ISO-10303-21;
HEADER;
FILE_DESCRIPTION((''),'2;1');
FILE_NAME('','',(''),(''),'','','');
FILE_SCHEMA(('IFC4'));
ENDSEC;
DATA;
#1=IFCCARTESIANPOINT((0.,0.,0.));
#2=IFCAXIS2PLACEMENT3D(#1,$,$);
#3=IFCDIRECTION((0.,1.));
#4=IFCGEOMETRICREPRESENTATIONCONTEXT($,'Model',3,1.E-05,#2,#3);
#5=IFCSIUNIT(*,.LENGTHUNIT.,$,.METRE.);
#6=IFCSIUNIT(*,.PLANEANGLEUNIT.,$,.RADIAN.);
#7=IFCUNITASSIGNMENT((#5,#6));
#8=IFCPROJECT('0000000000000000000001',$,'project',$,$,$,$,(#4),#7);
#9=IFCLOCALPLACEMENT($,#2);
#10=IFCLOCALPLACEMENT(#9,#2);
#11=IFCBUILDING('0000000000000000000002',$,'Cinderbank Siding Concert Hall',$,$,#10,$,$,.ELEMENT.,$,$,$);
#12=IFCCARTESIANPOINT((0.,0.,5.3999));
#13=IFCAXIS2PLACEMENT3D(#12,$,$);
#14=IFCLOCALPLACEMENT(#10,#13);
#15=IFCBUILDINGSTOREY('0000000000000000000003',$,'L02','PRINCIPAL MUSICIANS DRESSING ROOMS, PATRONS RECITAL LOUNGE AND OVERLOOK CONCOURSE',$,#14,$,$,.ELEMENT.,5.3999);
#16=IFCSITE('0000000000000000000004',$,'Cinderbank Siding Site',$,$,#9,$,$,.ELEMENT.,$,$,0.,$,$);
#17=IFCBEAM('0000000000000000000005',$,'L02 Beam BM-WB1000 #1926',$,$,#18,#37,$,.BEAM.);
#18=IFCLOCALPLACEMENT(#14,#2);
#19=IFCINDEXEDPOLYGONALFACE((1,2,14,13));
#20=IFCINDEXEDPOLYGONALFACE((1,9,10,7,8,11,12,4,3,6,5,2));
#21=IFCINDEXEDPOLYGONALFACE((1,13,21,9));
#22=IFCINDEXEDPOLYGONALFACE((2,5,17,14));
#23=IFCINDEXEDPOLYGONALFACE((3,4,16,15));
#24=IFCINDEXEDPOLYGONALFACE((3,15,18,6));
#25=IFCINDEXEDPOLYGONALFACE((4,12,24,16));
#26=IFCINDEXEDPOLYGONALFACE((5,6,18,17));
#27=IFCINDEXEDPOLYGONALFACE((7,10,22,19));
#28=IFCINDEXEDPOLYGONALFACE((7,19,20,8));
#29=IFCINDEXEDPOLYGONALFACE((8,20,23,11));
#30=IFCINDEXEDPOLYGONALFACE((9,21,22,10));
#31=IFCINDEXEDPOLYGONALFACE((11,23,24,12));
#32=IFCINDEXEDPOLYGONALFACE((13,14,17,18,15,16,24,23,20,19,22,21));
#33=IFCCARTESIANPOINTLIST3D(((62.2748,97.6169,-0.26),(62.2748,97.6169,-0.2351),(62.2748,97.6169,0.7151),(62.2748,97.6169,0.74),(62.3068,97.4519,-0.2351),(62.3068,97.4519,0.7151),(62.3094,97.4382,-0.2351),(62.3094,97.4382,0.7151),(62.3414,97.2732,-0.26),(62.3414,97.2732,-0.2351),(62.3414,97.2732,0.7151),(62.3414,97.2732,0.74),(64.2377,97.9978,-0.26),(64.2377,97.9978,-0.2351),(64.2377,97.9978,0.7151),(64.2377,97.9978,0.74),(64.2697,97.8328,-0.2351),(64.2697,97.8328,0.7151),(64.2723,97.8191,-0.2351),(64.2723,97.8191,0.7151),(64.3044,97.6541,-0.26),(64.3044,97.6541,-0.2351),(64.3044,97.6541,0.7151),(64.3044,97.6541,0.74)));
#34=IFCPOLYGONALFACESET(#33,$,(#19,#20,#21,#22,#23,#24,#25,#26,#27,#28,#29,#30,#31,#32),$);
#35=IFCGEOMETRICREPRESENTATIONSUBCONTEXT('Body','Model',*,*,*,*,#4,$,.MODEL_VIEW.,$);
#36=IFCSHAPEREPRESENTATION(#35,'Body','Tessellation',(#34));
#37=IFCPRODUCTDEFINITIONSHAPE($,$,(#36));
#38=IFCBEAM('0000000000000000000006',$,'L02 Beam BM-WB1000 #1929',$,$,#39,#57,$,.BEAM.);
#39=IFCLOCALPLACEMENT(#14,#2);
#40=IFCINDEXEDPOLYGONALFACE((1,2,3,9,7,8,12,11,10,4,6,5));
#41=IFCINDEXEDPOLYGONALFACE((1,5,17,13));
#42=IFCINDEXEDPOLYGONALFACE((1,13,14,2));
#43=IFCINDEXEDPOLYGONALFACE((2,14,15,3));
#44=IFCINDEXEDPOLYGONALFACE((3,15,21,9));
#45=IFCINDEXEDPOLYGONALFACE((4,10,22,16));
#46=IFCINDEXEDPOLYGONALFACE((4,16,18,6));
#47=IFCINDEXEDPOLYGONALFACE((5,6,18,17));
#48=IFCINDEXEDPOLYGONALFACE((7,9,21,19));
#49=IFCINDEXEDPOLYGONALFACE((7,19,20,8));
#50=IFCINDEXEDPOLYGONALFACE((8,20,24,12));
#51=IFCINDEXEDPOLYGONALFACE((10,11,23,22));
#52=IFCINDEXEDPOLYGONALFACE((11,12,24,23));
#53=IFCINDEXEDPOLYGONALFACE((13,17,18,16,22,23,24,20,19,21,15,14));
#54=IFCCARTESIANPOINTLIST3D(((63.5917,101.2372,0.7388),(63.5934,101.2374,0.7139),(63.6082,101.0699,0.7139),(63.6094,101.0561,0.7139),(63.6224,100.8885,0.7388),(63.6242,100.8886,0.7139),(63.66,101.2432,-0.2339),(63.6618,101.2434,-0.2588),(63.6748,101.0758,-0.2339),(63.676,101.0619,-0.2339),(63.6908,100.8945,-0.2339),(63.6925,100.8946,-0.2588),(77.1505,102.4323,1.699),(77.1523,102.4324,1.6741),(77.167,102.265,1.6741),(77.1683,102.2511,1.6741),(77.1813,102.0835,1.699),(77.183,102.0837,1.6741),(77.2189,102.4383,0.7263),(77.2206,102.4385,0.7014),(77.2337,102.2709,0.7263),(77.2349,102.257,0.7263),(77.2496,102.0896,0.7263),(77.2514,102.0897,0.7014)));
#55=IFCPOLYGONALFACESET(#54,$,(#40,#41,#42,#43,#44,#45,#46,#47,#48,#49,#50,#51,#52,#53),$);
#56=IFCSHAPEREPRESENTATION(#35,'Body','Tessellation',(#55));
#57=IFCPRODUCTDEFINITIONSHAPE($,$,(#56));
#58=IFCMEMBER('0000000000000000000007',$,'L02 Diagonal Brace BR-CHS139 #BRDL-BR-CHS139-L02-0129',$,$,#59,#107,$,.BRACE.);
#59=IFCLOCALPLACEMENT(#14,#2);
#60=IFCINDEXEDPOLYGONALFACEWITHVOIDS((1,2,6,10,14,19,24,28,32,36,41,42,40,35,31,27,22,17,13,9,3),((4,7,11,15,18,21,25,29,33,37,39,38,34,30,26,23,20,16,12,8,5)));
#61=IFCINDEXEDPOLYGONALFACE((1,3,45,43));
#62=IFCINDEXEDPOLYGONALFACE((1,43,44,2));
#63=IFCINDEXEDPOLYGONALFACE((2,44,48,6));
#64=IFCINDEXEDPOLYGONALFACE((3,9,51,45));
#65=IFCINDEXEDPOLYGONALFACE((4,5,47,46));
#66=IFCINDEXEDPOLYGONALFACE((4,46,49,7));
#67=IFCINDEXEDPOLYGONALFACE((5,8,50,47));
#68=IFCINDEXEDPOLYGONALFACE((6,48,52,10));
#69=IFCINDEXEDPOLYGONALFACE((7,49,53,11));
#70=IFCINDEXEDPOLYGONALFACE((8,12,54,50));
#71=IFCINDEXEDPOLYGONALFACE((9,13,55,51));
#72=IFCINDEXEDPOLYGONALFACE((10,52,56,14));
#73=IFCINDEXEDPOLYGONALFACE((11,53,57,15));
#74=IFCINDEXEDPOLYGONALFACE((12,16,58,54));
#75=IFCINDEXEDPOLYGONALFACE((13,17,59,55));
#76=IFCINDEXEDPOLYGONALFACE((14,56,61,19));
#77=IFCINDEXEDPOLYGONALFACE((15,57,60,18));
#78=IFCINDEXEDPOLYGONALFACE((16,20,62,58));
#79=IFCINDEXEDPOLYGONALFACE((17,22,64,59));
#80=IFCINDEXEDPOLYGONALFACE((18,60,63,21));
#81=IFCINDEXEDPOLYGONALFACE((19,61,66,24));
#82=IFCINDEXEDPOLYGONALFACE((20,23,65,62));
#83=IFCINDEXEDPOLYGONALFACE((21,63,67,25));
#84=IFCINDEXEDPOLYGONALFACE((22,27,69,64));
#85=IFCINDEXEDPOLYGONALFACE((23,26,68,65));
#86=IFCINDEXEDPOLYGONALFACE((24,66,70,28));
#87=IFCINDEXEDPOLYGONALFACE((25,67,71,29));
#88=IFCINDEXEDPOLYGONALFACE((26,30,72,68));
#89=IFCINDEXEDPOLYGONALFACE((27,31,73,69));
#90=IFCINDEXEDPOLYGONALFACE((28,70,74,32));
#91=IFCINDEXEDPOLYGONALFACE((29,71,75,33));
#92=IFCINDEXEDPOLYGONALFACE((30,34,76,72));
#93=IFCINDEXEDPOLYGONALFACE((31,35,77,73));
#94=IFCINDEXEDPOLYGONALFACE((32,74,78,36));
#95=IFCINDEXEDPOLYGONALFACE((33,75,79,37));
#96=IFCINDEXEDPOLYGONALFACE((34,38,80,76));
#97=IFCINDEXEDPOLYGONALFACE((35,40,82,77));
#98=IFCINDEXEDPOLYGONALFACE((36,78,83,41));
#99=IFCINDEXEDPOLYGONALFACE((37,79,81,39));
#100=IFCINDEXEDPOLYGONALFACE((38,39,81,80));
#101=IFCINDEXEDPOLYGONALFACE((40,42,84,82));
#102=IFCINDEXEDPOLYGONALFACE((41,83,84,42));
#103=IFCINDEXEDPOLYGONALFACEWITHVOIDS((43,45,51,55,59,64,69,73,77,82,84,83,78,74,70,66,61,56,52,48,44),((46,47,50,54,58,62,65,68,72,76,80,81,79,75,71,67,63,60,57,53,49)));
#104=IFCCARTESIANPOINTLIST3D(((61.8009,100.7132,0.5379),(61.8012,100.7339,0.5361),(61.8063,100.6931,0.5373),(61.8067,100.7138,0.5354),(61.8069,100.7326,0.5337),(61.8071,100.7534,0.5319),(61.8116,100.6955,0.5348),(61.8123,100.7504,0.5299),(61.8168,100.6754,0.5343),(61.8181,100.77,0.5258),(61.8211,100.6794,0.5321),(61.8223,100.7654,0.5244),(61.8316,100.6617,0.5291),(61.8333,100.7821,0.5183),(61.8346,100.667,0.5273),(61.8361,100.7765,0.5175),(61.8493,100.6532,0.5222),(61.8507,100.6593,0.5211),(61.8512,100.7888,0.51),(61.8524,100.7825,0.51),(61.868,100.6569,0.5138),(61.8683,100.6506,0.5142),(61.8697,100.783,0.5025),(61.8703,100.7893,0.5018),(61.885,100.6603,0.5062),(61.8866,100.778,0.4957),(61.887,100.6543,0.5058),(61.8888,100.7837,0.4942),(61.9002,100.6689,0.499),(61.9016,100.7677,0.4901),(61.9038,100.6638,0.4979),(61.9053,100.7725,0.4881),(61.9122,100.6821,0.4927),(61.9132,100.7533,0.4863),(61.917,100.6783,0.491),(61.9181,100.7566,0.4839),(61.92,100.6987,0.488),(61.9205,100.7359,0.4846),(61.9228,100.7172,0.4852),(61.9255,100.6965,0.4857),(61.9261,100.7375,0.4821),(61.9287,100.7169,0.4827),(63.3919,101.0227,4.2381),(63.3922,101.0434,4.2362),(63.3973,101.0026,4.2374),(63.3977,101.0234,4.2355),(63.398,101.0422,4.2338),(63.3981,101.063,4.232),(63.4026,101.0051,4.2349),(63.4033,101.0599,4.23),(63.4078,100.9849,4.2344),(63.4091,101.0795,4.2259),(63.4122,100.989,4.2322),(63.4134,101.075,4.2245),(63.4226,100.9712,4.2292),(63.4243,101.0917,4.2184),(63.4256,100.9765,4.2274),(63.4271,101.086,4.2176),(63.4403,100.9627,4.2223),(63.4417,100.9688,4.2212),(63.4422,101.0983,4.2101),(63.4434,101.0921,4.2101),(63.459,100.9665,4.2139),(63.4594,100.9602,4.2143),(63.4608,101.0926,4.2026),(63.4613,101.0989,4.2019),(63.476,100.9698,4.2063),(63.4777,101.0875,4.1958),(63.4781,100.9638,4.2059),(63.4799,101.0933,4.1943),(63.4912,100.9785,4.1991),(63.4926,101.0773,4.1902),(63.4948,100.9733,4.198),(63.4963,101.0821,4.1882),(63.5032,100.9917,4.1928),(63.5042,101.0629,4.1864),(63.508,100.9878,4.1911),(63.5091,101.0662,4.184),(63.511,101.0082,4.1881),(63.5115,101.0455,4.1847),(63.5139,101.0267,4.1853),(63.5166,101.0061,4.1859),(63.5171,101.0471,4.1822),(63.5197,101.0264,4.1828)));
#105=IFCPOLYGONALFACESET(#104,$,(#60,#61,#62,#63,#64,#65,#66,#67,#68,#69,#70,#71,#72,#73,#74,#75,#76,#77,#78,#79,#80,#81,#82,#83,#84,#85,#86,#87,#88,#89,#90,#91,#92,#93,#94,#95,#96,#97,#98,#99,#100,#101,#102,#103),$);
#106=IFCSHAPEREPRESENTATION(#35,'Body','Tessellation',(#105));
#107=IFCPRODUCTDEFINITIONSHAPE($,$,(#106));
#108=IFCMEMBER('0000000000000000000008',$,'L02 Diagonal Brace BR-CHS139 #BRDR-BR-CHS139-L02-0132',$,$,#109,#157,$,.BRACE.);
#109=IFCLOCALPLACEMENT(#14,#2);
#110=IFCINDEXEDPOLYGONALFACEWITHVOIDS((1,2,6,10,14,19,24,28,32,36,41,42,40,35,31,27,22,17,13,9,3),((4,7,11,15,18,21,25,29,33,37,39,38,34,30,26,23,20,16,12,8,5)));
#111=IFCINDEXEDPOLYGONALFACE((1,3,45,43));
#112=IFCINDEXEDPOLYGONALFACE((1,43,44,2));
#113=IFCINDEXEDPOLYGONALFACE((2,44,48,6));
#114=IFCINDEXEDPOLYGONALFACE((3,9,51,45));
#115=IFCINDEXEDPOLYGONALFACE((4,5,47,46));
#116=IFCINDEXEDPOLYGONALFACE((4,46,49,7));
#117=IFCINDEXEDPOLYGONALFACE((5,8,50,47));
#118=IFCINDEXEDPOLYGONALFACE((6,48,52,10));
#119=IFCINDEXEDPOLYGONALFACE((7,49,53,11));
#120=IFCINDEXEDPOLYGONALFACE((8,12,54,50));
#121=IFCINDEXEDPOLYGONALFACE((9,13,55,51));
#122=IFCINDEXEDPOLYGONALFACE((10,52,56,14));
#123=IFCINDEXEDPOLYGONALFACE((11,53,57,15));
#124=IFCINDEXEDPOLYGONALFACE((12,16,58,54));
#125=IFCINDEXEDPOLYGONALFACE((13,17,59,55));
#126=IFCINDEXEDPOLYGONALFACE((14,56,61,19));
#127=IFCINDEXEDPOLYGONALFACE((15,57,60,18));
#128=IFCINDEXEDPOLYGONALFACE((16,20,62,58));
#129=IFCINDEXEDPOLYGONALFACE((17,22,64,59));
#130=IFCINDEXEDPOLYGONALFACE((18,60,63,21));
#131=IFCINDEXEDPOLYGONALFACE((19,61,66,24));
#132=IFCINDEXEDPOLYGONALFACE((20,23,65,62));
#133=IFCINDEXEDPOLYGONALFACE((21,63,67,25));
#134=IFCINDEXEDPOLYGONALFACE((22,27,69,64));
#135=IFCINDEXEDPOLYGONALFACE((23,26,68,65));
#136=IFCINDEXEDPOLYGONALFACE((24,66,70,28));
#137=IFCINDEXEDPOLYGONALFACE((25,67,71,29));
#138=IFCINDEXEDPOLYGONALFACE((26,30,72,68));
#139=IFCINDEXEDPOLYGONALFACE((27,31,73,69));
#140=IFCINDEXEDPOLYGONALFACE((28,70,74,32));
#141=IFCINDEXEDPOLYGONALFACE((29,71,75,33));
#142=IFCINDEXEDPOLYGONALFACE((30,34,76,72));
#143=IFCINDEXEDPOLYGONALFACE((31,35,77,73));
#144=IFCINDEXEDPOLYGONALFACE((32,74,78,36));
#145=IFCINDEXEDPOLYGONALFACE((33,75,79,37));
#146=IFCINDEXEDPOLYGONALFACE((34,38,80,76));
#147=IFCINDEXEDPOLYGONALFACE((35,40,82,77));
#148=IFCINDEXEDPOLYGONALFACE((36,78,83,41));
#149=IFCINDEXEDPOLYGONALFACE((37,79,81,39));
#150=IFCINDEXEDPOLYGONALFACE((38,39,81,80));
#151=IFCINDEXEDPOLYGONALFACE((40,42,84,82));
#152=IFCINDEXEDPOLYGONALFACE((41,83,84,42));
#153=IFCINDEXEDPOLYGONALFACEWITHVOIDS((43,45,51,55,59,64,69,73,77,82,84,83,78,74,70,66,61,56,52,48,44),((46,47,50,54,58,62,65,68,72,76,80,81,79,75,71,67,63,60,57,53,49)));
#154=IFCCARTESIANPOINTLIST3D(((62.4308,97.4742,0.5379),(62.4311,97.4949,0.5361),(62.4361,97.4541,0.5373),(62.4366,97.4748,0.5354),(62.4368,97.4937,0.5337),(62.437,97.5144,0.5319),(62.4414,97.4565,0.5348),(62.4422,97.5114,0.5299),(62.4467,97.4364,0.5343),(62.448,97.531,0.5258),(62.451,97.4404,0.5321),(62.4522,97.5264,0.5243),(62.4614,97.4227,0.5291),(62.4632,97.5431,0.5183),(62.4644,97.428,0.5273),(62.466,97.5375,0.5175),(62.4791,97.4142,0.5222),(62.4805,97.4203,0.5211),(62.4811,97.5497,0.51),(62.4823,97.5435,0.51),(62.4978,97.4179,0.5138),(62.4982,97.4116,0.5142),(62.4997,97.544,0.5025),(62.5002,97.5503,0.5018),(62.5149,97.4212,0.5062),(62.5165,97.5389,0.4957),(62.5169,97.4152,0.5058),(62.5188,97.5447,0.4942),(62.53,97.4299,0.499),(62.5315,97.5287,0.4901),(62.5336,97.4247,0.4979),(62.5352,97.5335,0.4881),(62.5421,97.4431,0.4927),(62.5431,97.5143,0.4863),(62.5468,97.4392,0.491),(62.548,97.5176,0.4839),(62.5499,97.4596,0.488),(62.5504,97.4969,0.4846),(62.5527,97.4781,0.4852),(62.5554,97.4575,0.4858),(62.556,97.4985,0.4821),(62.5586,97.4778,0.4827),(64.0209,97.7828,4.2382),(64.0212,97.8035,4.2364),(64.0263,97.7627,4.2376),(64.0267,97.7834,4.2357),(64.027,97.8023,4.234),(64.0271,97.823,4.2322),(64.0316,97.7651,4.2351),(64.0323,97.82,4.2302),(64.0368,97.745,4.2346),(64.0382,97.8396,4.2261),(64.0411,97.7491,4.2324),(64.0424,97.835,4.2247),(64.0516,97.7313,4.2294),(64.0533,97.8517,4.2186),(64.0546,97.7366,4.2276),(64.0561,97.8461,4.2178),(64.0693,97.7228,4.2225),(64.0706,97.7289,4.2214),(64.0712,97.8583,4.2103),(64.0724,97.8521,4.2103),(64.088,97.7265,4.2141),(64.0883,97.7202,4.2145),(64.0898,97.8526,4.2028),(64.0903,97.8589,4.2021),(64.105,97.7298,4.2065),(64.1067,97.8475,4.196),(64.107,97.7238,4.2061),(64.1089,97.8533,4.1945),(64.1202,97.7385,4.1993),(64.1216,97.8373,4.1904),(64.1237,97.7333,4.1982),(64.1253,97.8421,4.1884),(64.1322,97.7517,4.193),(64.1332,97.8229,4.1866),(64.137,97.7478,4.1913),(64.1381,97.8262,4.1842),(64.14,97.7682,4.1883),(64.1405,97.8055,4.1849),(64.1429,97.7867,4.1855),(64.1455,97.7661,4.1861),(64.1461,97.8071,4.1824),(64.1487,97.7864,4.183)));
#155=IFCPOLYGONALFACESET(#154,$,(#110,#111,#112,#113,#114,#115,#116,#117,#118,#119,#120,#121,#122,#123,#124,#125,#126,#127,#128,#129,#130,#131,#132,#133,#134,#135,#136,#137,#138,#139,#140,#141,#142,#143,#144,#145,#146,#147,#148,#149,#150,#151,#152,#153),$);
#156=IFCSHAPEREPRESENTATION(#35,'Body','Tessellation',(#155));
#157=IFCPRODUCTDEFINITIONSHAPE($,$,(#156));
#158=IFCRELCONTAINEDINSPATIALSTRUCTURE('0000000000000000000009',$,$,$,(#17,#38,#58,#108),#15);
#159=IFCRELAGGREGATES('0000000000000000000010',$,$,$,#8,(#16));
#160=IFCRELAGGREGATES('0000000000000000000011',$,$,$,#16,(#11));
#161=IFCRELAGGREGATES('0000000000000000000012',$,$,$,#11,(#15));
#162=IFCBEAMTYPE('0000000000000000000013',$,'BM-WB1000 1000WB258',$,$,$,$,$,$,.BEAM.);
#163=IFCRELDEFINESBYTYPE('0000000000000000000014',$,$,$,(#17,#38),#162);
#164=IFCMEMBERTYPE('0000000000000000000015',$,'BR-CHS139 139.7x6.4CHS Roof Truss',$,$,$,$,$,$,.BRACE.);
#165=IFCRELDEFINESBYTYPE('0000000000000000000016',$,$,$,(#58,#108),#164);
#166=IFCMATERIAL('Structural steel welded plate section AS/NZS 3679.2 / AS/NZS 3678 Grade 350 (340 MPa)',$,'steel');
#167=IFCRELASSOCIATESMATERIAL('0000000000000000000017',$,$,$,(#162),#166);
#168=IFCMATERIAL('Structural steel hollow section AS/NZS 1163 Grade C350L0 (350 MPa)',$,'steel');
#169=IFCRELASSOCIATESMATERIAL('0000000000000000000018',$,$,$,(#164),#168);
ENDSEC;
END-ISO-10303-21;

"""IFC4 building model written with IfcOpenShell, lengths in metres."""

from ifc_helpers import new_model, si_unit, direction, frame, origin, origin_2d, place, context, subcontext, project, spatial, hollow_circle, i_section, extrude, material, material_profile, profile_set, type_object, element, save


model = new_model("IFC4")

# Units and contexts
model_context = context("Model", 3, precision=1e-05, world=origin(), true_north=direction((0.0, 1.0)))
body_context = subcontext(model_context, "Body", "Model", "MODEL_VIEW")
ifc_project = project(units=[si_unit("LENGTHUNIT", "METRE"), si_unit("PLANEANGLEUNIT", "RADIAN")], contexts=[model_context])

# Site, building, storey
site_placement = place(None, origin())
site = spatial("IfcSite", under=ifc_project, at=site_placement, Name="Cinderbank Siding Site", CompositionType="ELEMENT", RefElevation=0.0)
building_placement = place(site_placement, origin())
building = spatial("IfcBuilding", under=site, at=building_placement, Name="Cinderbank Siding Concert Hall", CompositionType="ELEMENT")
storey_placement = place(building_placement, frame((0.0, 0.0, 5.3999)))
storey = spatial("IfcBuildingStorey", under=building, at=storey_placement, Name="L02", Description="PRINCIPAL MUSICIANS DRESSING ROOMS, PATRONS RECITAL LOUNGE AND OVERLOOK CONCOURSE", CompositionType="ELEMENT", Elevation=5.3999)

# Shared definitions
ifc_material_1 = material(Name="Structural steel hollow section AS/NZS 1163 Grade C350L0 (350 MPa)", Category="steel")

# Beams
ifc_material_2 = material(Name="Structural steel welded plate section AS/NZS 3679.2 / AS/NZS 3678 Grade 350 (340 MPa)", Category="steel")
ifc_material_profile_1 = material_profile(ifc_material_2, i_section(OverallWidth=0.3501, OverallDepth=1.0, WebThickness=0.0139, FlangeThickness=0.0249, at=origin_2d()), Name="1000WB258", Category="LoadBearing")
ifc_profile_set_1 = profile_set([ifc_material_profile_1], Name="Structural steel welded plate section AS/NZS 3679.2 / AS/NZS 3678 Grade 350 (340 MPa)")
beam_type_1 = type_object("IfcBeamType", Name="BM-WB1000 1000WB258", PredefinedType="BEAM", material=ifc_profile_set_1)
beam_1_placement = place(storey_placement, frame((62.3081, 97.4451, 0.24), z_axis=(0.981692, 0.190477, 0.0), x_axis=(-0.190477, 0.981692, 0.0)))
element("IfcBeam", 1, at=beam_1_placement, inside=storey, type_object=beam_type_1, Name="L02 Beam BM-WB1000 #1926", PredefinedType="BEAM", context=body_context, shape_type="SweptSolid", body=[
    extrude(i_section(OverallWidth=0.3501, OverallDepth=1.0, WebThickness=0.0139, FlangeThickness=0.0249, at=origin_2d()), origin(), (0.0, 0.0, 1.0), 1.9995),
])
beam_2_placement = place(storey_placement, frame((63.6421, 101.0659, 0.24), z_axis=(0.993669, 0.087581, 0.070369), x_axis=(-0.087799, 0.996138, 0.0)))
element("IfcBeam", 2, at=beam_2_placement, inside=storey, type_object=beam_type_1, Name="L02 Beam BM-WB1000 #1929", PredefinedType="BEAM", context=body_context, shape_type="SweptSolid", body=[
    extrude(i_section(OverallWidth=0.3501, OverallDepth=1.0, WebThickness=0.0139, FlangeThickness=0.0249, at=origin_2d()), origin(), (0.0, 0.0, 1.0), 13.6453),
])

# Members
ifc_material_profile_2 = material_profile(ifc_material_1, hollow_circle(Radius=0.0698, WallThickness=0.0063, at=origin_2d()), Name="139.7x6.4CHS", Category="LoadBearing")
ifc_profile_set_2 = profile_set([ifc_material_profile_2], Name="Structural steel hollow section AS/NZS 1163 Grade C350L0 (350 MPa)")
member_type_1 = type_object("IfcMemberType", Name="BR-CHS139 139.7x6.4CHS Roof Truss", PredefinedType="BRACE", material=ifc_profile_set_2)
member_1_placement = place(storey_placement, frame((61.8645, 100.7202, 0.51), z_axis=(0.393862, 0.076633, 0.915969), x_axis=(-0.190987, 0.981593, 0.0)))
element("IfcMember", 3, at=member_1_placement, inside=storey, type_object=member_type_1, Name="L02 Diagonal Brace BR-CHS139 #BRDL-BR-CHS139-L02-0129", PredefinedType="BRACE", context=body_context, shape_type="SweptSolid", body=[
    extrude(hollow_circle(Radius=0.0698, WallThickness=0.0063, at=origin_2d()), origin(), (0.0, 0.0, 1.0), 4.0396),
])
member_2_placement = place(storey_placement, frame((62.4944, 97.4812, 0.51), z_axis=(0.393665, 0.0764, 0.916074), x_axis=(-0.190519, 0.981684, 0.0)))
element("IfcMember", 4, at=member_2_placement, inside=storey, type_object=member_type_1, Name="L02 Diagonal Brace BR-CHS139 #BRDR-BR-CHS139-L02-0132", PredefinedType="BRACE", context=body_context, shape_type="SweptSolid", body=[
    extrude(hollow_circle(Radius=0.0698, WallThickness=0.0063, at=origin_2d()), origin(), (0.0, 0.0, 1.0), 4.0393),
])

save(model, "model.ifc")
